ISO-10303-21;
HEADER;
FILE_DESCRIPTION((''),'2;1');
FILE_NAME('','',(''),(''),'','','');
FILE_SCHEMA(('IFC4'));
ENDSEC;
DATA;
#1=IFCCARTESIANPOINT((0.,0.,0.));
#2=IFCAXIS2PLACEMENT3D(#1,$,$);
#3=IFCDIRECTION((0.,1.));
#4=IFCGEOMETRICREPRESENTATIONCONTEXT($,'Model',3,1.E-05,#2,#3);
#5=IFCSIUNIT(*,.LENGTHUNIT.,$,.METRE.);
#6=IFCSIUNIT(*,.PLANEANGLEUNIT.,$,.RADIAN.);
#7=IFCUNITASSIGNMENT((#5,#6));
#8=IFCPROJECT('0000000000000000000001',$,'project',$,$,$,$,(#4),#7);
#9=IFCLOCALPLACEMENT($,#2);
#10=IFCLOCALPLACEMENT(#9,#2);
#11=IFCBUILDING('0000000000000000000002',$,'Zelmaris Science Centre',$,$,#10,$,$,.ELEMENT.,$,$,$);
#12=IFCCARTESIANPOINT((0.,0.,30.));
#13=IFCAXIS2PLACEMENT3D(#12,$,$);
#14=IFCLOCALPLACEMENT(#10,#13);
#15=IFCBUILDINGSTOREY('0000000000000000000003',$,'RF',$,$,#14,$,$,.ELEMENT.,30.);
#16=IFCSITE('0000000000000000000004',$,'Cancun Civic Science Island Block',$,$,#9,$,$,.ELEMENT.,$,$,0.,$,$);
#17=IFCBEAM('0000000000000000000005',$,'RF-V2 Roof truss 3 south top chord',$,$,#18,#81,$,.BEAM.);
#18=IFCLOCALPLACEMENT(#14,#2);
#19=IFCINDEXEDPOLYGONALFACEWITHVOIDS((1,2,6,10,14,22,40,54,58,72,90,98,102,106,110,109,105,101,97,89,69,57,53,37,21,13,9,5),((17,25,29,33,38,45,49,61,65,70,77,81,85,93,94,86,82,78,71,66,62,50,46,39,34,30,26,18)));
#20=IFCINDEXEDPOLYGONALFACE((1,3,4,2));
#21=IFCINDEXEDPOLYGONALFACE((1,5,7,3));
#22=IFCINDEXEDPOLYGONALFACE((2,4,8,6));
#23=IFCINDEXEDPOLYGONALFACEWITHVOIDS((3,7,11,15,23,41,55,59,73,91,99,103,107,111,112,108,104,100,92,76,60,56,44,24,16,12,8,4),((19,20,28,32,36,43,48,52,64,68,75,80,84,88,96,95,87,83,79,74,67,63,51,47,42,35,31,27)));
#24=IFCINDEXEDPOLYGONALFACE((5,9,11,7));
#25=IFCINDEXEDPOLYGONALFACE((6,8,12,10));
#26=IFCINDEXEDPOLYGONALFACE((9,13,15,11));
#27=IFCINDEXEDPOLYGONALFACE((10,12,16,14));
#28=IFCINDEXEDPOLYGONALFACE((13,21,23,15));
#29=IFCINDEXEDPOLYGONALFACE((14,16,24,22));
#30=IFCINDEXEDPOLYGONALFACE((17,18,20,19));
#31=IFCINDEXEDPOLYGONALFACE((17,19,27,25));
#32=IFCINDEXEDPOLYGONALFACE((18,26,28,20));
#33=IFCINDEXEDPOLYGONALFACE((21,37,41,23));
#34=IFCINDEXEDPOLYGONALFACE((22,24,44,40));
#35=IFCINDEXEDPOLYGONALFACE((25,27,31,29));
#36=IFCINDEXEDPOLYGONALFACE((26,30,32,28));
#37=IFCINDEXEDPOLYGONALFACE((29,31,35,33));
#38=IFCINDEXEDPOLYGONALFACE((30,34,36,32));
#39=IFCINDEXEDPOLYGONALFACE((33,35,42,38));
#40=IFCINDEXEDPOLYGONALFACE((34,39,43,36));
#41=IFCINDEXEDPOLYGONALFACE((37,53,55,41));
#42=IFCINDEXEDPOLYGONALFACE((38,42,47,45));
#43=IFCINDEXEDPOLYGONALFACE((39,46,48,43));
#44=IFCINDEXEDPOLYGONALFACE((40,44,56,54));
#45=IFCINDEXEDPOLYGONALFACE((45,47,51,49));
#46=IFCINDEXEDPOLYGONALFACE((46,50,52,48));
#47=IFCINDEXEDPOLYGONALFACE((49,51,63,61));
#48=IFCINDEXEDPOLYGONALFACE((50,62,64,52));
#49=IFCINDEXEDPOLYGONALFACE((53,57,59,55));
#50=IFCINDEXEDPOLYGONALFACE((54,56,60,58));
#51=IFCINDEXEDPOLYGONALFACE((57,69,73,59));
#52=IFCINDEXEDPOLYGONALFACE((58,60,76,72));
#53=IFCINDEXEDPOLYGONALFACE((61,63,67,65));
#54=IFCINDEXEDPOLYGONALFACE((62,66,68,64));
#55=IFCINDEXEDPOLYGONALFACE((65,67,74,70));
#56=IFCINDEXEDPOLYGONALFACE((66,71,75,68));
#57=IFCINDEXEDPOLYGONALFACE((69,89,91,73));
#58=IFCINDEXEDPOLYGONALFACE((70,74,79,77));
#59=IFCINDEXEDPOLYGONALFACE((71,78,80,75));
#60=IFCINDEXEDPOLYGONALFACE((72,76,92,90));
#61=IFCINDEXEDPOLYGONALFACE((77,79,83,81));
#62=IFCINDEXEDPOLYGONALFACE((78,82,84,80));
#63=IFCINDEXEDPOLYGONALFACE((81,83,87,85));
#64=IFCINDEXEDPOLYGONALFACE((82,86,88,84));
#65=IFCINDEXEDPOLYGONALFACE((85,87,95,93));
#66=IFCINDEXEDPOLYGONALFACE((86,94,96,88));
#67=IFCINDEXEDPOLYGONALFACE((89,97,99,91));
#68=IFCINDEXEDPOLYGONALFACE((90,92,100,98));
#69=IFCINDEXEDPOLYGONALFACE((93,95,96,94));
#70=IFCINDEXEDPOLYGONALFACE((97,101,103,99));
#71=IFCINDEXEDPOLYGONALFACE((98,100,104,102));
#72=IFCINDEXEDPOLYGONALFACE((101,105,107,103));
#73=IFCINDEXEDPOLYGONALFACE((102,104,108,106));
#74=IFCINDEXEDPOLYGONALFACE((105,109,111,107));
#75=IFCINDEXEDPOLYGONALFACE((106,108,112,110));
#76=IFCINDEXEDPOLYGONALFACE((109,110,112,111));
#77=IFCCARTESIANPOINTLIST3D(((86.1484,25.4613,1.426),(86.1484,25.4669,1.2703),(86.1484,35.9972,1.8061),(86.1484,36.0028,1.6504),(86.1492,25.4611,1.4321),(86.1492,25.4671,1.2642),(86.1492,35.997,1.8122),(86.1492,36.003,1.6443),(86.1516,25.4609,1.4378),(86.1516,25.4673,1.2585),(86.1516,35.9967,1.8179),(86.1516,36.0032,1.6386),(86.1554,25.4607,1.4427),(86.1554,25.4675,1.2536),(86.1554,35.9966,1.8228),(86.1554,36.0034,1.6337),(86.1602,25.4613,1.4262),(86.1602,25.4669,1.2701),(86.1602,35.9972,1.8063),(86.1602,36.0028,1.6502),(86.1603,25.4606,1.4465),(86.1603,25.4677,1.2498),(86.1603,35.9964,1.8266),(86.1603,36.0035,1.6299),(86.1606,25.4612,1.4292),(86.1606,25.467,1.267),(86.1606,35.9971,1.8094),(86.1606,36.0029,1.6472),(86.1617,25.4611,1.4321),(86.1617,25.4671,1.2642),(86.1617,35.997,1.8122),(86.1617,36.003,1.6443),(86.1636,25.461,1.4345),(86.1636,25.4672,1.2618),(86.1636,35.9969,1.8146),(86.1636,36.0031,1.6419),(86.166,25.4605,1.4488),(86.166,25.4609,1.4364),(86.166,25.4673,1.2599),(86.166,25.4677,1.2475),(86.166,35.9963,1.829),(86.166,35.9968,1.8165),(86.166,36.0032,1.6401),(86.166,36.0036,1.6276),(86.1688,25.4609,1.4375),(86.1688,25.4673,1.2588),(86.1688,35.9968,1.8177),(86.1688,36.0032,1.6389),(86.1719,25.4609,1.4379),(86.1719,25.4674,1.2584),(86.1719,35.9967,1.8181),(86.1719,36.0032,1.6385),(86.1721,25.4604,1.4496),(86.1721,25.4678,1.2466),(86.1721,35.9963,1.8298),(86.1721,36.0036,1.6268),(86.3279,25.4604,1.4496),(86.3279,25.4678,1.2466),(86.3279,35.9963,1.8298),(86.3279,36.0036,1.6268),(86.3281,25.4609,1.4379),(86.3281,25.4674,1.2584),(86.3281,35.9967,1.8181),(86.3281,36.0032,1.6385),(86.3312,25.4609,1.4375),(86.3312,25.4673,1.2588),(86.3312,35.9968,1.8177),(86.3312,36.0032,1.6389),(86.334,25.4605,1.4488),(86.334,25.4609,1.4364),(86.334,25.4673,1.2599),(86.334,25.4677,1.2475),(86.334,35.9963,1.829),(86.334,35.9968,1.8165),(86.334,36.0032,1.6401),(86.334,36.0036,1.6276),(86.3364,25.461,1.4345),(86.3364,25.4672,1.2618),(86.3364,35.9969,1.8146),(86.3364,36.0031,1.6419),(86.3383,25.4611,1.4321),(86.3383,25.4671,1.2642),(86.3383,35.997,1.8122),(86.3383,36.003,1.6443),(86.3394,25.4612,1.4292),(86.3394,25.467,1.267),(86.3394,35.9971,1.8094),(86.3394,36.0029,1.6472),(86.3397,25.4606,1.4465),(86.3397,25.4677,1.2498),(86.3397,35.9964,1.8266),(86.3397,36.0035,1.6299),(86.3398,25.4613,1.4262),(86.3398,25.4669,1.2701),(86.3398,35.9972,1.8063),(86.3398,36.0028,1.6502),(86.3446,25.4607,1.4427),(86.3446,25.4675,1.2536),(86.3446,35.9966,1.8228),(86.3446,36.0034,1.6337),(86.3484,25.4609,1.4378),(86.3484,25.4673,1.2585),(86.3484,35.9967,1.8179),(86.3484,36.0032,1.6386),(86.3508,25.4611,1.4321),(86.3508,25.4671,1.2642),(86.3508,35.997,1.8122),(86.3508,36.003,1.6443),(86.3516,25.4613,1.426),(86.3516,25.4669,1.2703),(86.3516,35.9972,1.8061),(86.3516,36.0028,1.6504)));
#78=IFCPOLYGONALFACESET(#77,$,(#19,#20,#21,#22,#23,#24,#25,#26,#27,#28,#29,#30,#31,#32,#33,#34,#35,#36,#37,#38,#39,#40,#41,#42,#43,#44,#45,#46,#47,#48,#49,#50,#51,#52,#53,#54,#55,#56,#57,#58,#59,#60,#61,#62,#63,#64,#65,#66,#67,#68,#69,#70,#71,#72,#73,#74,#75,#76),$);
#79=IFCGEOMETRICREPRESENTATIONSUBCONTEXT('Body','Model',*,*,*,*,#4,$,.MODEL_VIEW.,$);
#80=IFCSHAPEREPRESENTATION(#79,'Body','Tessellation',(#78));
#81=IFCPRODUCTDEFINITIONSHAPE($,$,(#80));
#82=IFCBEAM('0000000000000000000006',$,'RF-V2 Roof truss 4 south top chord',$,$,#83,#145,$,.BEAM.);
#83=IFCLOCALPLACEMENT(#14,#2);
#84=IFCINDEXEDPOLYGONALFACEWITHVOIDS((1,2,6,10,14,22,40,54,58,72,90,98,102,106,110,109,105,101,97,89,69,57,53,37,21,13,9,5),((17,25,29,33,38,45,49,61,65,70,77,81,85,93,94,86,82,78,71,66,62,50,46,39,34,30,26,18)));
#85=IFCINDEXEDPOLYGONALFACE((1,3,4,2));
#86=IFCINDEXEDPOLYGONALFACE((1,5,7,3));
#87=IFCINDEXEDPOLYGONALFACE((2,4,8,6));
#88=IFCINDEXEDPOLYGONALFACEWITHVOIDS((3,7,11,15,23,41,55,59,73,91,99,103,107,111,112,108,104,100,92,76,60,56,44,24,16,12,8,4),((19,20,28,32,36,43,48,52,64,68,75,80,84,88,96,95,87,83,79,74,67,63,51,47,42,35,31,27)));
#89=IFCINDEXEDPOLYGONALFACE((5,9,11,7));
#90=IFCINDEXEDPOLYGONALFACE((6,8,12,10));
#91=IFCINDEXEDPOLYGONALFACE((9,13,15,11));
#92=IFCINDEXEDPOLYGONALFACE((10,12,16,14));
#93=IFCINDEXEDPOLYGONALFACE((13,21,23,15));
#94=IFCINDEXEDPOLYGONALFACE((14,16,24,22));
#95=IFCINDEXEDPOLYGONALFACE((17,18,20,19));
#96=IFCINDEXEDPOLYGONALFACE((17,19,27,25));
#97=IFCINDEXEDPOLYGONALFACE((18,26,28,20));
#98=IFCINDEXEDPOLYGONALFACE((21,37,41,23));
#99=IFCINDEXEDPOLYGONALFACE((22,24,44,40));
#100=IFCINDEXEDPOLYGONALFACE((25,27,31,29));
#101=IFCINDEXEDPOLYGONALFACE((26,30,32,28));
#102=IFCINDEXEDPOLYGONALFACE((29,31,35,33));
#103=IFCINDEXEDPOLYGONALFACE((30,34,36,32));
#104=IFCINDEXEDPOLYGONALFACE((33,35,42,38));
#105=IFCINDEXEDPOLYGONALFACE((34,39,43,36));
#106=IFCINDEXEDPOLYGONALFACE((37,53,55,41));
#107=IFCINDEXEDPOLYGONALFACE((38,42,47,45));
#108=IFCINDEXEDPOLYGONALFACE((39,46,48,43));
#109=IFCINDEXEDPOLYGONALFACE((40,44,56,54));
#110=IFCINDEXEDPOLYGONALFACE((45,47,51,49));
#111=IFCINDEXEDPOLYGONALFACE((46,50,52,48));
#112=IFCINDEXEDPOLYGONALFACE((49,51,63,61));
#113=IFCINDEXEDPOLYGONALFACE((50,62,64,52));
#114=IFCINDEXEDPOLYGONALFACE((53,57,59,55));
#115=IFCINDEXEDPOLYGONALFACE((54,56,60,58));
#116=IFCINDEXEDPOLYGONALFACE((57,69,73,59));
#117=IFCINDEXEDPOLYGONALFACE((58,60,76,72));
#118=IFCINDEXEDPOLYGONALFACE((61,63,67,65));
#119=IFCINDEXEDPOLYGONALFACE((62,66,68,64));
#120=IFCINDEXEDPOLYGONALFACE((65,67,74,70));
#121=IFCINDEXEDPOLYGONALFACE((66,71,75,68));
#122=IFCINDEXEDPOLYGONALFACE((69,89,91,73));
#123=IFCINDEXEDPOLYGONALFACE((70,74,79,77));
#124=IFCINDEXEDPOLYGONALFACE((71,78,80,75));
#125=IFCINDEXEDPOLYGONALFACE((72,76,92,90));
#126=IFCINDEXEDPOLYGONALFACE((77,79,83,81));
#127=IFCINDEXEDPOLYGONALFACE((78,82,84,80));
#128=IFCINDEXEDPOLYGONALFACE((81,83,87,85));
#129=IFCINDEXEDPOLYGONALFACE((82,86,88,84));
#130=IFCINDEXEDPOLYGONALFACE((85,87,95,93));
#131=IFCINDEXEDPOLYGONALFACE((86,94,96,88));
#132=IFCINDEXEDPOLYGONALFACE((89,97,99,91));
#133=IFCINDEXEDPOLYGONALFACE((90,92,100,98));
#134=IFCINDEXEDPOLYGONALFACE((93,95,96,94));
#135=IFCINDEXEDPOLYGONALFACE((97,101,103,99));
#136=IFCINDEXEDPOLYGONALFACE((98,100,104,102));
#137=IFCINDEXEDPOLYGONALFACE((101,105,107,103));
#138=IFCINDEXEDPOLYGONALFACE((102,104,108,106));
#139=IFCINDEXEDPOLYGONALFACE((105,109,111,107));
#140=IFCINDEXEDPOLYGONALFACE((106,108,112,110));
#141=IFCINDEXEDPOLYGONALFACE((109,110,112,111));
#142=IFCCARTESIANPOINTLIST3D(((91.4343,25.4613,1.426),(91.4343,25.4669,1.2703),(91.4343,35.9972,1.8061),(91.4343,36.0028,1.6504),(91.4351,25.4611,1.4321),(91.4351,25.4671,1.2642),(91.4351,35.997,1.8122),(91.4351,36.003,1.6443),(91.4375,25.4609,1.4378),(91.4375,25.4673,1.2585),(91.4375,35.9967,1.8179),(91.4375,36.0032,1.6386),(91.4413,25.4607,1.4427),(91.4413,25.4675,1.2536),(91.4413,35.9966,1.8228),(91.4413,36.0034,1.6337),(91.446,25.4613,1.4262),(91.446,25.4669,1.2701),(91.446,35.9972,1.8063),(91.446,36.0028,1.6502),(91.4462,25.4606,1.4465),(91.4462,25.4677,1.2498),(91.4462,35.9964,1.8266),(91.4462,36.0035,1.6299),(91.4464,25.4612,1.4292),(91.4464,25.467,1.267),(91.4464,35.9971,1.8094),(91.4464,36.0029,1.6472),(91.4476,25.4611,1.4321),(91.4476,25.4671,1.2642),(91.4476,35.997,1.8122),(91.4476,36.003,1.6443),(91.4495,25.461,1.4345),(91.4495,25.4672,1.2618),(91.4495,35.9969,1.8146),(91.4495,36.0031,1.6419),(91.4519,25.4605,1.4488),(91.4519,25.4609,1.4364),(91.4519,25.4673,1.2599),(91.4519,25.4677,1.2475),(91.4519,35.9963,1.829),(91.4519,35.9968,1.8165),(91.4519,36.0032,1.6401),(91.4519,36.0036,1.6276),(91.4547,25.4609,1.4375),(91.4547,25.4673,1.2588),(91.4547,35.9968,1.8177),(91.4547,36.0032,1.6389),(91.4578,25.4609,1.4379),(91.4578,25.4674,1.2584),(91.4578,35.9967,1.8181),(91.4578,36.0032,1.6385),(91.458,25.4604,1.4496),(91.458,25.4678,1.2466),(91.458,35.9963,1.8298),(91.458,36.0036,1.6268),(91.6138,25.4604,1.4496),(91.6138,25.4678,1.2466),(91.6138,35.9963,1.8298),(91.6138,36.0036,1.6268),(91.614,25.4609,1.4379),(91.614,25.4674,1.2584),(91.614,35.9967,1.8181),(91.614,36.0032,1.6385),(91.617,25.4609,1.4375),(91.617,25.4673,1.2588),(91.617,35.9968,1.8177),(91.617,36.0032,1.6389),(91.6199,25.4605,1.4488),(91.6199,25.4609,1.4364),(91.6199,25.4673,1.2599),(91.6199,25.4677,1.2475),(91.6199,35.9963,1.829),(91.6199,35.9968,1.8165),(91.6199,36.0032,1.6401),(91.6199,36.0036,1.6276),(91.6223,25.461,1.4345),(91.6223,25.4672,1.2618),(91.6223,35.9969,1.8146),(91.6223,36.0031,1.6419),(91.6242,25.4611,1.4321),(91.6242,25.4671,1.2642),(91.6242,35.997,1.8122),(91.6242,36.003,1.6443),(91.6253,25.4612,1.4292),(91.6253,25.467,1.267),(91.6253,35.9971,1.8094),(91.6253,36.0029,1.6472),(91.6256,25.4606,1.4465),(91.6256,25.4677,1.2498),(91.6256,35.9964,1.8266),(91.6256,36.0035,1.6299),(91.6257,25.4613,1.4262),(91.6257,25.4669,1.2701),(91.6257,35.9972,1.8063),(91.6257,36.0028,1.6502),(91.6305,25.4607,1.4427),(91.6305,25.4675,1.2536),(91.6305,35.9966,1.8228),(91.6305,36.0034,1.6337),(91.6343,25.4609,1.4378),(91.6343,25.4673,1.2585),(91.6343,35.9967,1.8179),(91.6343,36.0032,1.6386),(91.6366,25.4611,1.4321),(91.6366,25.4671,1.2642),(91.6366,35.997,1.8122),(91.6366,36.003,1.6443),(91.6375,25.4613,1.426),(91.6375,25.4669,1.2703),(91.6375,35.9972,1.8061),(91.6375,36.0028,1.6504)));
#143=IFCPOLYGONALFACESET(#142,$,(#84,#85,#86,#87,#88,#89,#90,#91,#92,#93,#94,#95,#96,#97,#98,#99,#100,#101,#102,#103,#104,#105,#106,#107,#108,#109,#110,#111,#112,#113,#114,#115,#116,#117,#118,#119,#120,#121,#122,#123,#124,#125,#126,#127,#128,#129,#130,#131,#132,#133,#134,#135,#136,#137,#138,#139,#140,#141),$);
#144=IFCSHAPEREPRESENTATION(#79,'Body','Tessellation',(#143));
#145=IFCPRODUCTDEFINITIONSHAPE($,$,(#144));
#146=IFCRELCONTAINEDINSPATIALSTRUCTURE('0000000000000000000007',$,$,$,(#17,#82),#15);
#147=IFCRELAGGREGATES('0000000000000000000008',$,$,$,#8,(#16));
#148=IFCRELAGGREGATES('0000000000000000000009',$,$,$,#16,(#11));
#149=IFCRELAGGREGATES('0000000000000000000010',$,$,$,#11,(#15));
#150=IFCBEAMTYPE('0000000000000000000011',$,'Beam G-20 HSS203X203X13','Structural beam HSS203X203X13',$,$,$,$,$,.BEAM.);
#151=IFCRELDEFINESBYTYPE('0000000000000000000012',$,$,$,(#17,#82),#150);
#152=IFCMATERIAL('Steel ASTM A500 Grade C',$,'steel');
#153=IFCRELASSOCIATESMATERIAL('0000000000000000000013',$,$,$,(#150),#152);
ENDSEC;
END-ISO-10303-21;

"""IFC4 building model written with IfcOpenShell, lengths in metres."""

from ifc_helpers import new_model, si_unit, direction, frame, origin, origin_2d, place, context, subcontext, project, spatial, hollow_rectangle, extrude, material, material_profile, profile_set, type_object, element, save


model = new_model("IFC4")

# Units and contexts
model_context = context("Model", 3, precision=1e-05, world=origin(), true_north=direction((0.0, 1.0)))
body_context = subcontext(model_context, "Body", "Model", "MODEL_VIEW")
ifc_project = project(units=[si_unit("LENGTHUNIT", "METRE"), si_unit("PLANEANGLEUNIT", "RADIAN")], contexts=[model_context])

# Site, building, storey
site_placement = place(None, origin())
site = spatial("IfcSite", under=ifc_project, at=site_placement, Name="Cancun Civic Science Island Block", CompositionType="ELEMENT", RefElevation=0.0)
building_placement = place(site_placement, origin())
building = spatial("IfcBuilding", under=site, at=building_placement, Name="Zelmaris Science Centre", CompositionType="ELEMENT")
storey_placement = place(building_placement, frame((0.0, 0.0, 30.0)))
storey = spatial("IfcBuildingStorey", under=building, at=storey_placement, Name="RF", CompositionType="ELEMENT", Elevation=30.0)

# Beams
ifc_material_1 = material(Name="Steel ASTM A500 Grade C", Category="steel")
ifc_material_profile_1 = material_profile(ifc_material_1, hollow_rectangle(XDim=0.2031, YDim=0.2031, WallThickness=0.0117, InnerFilletRadius=0.0117, OuterFilletRadius=0.0237, at=origin_2d()), Name="HSS203X203X13")
ifc_profile_set_1 = profile_set([ifc_material_profile_1], Name="Steel ASTM A500 Grade C")
beam_type_1 = type_object("IfcBeamType", Name="Beam G-20 HSS203X203X13", Description="Structural beam HSS203X203X13", PredefinedType="BEAM", material=ifc_profile_set_1)
for number, where, z_axis, x_axis, name in (
    (1, (86.25, 25.4641, 1.3481), (0.0, 0.99935, 0.036056), (-1.0, 0.0, 0.0), "RF-V2 Roof truss 3 south top chord"),
    (2, (91.5359, 25.4641, 1.3481), (0.0, 0.99935, 0.036056), (-1.0, 0.0, 0.0), "RF-V2 Roof truss 4 south top chord"),
):
    element("IfcBeam", number, at=place(storey_placement, frame(where, z_axis=z_axis, x_axis=x_axis)), inside=storey, type_object=beam_type_1, Name=name, PredefinedType="BEAM", context=body_context, shape_type="SweptSolid", body=[
        extrude(hollow_rectangle(XDim=0.2031, YDim=0.2031, WallThickness=0.0117, InnerFilletRadius=0.0117, OuterFilletRadius=0.0237, at=origin_2d()), origin(), (0.0, 0.0, 1.0), 10.5427),
    ])

save(model, "model.ifc")
